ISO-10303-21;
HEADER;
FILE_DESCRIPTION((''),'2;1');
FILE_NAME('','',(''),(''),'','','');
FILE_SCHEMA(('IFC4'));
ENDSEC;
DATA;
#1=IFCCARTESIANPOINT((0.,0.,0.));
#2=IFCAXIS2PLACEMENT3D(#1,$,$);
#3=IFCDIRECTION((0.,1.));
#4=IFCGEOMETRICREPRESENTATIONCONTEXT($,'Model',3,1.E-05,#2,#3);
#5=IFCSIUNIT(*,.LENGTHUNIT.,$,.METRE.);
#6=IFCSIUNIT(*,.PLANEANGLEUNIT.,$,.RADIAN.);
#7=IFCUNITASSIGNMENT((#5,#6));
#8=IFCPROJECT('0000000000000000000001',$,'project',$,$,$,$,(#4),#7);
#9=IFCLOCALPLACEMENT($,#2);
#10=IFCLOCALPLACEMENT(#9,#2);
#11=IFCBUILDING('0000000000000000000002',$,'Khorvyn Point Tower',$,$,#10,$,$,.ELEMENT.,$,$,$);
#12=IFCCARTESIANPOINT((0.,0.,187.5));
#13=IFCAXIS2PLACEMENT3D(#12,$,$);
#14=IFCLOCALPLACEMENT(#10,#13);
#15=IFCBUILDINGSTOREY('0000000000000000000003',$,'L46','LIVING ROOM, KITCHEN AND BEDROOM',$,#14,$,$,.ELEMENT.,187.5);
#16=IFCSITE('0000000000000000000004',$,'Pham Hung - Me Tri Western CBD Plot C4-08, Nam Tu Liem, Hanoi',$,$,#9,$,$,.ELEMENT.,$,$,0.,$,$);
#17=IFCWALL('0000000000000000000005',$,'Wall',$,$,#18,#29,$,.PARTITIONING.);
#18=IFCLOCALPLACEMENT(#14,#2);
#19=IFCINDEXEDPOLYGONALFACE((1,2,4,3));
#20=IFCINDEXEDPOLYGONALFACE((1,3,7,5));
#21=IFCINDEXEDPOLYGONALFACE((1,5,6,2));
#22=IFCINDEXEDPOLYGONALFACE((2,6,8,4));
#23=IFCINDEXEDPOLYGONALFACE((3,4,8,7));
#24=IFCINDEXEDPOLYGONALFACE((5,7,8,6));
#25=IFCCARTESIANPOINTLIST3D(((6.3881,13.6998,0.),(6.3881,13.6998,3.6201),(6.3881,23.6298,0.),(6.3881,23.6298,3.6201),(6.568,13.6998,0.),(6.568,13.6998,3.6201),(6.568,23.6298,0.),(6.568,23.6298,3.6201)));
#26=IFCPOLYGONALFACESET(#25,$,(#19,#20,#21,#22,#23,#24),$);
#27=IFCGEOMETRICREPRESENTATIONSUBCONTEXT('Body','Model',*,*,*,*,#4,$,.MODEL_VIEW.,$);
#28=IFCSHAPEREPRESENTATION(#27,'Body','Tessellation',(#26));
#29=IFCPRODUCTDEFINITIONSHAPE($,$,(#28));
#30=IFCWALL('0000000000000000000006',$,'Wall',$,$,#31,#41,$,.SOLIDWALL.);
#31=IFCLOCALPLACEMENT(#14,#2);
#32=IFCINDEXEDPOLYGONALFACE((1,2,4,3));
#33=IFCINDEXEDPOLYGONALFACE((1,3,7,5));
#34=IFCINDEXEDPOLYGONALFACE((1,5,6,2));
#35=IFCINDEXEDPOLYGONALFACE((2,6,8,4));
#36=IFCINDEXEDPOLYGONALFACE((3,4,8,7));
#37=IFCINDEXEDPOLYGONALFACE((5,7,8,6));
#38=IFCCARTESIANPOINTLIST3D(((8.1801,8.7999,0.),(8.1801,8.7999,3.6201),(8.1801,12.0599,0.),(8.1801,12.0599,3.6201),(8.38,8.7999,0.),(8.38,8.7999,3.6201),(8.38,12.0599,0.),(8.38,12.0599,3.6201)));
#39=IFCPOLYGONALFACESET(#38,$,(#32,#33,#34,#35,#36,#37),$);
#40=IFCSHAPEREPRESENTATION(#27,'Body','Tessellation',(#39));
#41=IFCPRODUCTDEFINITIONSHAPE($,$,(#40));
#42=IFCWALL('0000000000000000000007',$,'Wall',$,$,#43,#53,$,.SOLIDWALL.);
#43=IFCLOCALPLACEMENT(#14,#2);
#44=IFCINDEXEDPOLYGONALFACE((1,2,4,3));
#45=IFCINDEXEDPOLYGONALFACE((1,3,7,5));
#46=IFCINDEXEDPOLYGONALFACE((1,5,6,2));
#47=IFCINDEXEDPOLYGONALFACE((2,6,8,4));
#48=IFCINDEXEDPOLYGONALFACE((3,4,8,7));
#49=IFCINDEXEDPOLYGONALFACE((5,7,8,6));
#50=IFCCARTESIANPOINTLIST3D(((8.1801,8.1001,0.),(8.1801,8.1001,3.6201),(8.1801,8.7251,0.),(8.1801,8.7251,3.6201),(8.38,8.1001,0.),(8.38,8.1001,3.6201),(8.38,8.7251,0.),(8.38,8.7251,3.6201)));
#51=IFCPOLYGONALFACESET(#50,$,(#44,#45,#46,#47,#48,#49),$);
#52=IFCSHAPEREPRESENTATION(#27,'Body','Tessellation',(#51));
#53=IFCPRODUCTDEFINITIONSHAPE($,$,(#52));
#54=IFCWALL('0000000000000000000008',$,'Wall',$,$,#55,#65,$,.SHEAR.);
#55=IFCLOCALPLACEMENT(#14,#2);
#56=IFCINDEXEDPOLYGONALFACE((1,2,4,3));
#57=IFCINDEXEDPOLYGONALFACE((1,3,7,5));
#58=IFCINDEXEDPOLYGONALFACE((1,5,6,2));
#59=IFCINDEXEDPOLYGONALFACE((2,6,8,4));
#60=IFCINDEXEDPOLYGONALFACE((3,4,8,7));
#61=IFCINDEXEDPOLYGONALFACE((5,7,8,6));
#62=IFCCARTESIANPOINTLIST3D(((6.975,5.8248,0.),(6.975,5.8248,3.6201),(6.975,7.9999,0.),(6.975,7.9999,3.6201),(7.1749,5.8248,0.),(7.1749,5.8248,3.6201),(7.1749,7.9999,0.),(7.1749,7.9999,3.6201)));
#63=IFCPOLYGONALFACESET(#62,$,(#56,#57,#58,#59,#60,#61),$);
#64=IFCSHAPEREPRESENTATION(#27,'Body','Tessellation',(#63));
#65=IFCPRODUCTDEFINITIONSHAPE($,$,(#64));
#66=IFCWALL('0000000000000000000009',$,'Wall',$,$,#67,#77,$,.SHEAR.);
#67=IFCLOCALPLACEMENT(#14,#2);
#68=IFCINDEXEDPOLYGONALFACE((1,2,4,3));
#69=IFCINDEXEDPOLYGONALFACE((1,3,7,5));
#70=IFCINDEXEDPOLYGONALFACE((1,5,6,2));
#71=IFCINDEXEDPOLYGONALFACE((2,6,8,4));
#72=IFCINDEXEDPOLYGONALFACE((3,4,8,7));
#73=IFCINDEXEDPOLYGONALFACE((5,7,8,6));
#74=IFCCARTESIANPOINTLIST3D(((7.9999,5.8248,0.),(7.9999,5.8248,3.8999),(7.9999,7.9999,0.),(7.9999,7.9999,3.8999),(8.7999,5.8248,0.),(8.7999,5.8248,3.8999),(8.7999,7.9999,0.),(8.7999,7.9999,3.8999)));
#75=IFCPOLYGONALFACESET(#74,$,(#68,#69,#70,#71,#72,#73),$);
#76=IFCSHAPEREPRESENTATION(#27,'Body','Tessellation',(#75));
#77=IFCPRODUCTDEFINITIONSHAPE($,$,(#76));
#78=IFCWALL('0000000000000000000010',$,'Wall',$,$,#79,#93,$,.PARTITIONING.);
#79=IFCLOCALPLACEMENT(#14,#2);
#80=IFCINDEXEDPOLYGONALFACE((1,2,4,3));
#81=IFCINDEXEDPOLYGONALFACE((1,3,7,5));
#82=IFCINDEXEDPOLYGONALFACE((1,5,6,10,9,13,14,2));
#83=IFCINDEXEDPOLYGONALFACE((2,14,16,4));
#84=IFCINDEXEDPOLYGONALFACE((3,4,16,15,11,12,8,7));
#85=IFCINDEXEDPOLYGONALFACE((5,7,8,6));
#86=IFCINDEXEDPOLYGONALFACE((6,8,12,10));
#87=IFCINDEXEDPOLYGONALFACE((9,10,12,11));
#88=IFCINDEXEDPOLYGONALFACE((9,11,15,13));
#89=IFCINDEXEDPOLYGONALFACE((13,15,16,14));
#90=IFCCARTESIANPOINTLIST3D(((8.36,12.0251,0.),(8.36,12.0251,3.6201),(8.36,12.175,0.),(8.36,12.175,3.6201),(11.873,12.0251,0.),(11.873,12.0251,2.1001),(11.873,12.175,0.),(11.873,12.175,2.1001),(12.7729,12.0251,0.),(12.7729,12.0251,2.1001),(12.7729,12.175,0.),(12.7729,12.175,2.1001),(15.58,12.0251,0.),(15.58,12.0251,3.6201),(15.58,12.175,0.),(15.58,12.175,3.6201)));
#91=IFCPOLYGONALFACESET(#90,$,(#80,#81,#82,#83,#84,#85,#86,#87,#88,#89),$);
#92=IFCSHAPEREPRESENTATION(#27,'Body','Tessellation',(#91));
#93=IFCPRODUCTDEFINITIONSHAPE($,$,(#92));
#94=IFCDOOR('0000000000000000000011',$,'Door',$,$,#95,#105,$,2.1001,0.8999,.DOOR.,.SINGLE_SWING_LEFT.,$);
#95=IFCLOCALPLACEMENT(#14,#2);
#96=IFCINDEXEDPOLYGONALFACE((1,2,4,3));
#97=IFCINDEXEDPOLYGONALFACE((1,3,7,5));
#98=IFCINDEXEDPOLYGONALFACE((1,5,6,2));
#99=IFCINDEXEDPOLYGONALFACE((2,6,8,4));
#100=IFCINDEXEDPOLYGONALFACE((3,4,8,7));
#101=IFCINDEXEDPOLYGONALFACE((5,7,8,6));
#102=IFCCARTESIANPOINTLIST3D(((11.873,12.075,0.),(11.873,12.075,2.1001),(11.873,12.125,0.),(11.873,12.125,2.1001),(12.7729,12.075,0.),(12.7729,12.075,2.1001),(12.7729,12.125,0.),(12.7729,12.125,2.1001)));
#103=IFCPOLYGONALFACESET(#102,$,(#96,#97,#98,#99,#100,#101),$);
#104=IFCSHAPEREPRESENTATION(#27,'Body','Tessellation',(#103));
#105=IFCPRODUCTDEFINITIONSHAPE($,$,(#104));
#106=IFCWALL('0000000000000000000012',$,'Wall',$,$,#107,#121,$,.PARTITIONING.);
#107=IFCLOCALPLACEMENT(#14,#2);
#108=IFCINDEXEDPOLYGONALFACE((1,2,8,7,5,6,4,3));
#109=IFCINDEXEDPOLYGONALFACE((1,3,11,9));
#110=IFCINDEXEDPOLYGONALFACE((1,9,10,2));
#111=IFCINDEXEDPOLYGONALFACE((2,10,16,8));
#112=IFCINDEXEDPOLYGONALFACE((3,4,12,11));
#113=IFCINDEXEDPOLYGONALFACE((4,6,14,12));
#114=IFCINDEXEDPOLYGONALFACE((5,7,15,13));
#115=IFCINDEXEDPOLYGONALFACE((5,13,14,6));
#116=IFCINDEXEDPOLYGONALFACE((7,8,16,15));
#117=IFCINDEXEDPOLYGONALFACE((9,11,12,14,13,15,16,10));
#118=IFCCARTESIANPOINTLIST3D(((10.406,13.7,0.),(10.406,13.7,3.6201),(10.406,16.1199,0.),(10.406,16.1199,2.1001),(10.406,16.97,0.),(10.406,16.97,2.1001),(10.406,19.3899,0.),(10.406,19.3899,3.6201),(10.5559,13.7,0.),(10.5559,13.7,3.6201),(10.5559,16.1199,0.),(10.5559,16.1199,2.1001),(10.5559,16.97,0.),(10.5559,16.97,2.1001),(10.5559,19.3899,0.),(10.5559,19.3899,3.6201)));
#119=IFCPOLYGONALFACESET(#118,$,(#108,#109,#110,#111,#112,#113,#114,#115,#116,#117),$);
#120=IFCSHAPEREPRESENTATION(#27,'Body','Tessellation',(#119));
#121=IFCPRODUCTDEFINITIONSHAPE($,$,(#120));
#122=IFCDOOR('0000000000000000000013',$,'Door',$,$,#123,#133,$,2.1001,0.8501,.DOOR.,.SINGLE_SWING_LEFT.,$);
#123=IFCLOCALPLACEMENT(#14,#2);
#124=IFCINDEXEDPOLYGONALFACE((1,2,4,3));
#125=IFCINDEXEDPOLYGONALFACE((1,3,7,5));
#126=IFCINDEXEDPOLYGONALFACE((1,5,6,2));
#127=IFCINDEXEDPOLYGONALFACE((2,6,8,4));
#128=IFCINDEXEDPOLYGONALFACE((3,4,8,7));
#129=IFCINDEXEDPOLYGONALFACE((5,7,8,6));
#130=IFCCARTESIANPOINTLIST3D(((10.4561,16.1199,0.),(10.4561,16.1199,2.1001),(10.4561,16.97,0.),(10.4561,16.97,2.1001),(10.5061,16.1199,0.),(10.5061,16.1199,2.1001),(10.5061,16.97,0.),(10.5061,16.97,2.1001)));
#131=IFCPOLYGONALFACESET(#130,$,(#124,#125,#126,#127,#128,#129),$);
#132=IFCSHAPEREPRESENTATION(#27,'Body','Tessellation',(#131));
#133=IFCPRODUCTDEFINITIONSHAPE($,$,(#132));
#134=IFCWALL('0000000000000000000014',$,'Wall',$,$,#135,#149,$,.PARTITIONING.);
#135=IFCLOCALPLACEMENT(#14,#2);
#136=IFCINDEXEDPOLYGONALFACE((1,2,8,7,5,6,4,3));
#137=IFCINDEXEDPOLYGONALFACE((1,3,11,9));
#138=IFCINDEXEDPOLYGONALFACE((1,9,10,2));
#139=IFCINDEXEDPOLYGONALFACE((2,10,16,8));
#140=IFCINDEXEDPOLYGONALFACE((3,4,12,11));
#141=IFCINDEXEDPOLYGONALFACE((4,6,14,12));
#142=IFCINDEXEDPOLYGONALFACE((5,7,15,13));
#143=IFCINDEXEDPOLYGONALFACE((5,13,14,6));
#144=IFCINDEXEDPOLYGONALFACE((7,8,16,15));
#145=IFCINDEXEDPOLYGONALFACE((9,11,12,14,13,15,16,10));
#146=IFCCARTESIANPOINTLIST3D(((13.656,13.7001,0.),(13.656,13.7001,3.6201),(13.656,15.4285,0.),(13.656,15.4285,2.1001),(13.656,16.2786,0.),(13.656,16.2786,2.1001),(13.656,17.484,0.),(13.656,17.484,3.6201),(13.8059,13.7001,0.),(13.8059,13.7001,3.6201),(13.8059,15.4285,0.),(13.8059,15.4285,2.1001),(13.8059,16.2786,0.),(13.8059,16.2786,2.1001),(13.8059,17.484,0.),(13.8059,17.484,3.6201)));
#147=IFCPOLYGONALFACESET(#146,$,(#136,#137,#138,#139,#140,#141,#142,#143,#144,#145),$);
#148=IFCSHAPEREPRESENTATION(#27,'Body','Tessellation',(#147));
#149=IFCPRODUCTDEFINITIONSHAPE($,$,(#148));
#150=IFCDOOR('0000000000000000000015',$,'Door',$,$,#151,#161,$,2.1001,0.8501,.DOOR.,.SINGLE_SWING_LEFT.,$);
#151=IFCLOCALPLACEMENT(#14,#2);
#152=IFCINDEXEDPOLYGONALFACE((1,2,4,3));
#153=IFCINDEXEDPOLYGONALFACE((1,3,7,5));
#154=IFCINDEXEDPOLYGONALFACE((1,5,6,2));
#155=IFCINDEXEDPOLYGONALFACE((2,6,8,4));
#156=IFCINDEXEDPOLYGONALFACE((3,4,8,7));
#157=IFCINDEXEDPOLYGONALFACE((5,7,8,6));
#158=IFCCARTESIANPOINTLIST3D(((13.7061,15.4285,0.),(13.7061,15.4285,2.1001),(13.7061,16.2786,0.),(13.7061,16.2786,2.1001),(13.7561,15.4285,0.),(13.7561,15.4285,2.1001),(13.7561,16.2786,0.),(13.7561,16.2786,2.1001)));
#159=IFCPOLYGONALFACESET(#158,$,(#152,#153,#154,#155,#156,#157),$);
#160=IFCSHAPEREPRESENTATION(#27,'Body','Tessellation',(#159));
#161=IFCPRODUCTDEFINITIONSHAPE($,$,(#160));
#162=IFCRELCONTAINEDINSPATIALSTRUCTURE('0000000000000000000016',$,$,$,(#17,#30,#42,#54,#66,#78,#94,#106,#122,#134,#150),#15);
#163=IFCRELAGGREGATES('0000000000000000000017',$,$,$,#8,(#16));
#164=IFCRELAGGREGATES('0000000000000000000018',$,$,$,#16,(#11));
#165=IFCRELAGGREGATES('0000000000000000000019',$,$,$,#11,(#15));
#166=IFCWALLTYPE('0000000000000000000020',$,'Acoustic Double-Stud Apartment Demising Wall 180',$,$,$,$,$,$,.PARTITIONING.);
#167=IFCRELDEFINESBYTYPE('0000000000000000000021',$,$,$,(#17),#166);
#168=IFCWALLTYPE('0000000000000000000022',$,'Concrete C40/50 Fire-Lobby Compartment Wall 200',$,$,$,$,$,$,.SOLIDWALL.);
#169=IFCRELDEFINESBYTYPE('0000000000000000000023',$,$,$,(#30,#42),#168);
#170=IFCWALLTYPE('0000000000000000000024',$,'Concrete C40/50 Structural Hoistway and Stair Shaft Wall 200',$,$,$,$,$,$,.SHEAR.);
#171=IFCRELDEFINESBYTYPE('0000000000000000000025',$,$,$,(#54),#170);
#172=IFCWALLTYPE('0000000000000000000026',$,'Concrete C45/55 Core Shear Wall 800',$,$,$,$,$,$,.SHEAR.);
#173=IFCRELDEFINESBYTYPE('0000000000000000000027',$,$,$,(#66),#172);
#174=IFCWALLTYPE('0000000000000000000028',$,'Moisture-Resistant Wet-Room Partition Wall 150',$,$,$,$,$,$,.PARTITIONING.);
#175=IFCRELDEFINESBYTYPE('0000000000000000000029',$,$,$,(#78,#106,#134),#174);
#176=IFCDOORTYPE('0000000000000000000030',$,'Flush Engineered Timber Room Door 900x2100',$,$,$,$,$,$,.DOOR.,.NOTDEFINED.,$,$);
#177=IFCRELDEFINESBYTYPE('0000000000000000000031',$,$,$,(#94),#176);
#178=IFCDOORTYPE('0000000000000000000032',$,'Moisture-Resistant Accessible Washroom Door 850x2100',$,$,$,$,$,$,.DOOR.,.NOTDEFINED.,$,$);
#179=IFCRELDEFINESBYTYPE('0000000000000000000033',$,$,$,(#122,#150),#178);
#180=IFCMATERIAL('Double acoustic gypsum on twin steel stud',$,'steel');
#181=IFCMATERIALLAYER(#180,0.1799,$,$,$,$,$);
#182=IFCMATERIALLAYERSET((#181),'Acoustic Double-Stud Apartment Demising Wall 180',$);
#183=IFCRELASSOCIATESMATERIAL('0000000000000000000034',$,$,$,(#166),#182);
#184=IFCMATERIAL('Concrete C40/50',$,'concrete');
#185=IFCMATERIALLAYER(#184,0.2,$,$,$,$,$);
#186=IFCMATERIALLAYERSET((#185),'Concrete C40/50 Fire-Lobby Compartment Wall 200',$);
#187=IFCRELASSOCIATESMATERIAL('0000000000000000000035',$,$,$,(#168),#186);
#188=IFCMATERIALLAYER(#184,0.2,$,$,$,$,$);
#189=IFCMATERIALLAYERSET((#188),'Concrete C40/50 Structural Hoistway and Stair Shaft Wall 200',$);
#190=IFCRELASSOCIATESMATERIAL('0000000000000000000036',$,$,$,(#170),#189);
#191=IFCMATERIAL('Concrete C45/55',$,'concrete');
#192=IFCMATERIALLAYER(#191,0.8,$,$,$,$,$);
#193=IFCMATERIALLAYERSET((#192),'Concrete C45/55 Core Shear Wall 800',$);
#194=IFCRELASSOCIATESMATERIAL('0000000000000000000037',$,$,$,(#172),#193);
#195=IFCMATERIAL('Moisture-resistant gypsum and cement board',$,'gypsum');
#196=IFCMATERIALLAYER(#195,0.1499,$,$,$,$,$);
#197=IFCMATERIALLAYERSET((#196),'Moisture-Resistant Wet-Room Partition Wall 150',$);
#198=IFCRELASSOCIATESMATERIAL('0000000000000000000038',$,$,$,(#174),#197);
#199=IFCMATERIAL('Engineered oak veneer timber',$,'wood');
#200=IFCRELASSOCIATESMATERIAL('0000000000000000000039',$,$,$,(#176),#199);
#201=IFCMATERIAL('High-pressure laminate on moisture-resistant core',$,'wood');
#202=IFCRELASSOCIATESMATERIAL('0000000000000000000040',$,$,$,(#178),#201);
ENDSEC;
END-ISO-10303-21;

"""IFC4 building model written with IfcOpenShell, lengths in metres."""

from ifc_helpers import new_model, si_unit, direction, frame, frame_2d, origin, place, context, subcontext, project, spatial, rectangle, extrude, material, layer, layer_set, type_object, element, fill, save


model = new_model("IFC4")

# Units and contexts
model_context = context("Model", 3, precision=1e-05, world=origin(), true_north=direction((0.0, 1.0)))
body_context = subcontext(model_context, "Body", "Model", "MODEL_VIEW")
ifc_project = project(units=[si_unit("LENGTHUNIT", "METRE"), si_unit("PLANEANGLEUNIT", "RADIAN")], contexts=[model_context])

# Site, building, storey
site_placement = place(None, origin())
site = spatial("IfcSite", under=ifc_project, at=site_placement, Name="Pham Hung - Me Tri Western CBD Plot C4-08, Nam Tu Liem, Hanoi", CompositionType="ELEMENT", RefElevation=0.0)
building_placement = place(site_placement, origin())
building = spatial("IfcBuilding", under=site, at=building_placement, Name="Khorvyn Point Tower", CompositionType="ELEMENT")
storey_placement = place(building_placement, frame((0.0, 0.0, 187.5)))
storey = spatial("IfcBuildingStorey", under=building, at=storey_placement, Name="L46", Description="LIVING ROOM, KITCHEN AND BEDROOM", CompositionType="ELEMENT", Elevation=187.5)

# Shared definitions
ifc_material_1 = material(Name="Concrete C45/55", Category="concrete")

# Shared definitions
ifc_material_2 = material(Name="Double acoustic gypsum on twin steel stud", Category="steel")
ifc_layer_1 = layer(ifc_material_2, 0.1799)
ifc_layer_set_1 = layer_set([ifc_layer_1], Name="Acoustic Double-Stud Apartment Demising Wall 180")
wall_type_1 = type_object("IfcWallType", Name="Acoustic Double-Stud Apartment Demising Wall 180", PredefinedType="PARTITIONING", material=ifc_layer_set_1)

# Walls
wall_1_placement = place(storey_placement, frame((6.478, 13.7, 0.0), z_axis=(0.0, 0.0, 1.0), x_axis=(0.0, 1.0, 0.0)))
element("IfcWall", 1, at=wall_1_placement, inside=storey, type_object=wall_type_1, Name="Wall", PredefinedType="PARTITIONING", context=body_context, shape_type="SweptSolid", body=[
    extrude(rectangle(XDim=9.9299, YDim=0.1799, at=frame_2d((4.9648, 0.0))), origin(), (0.0, 0.0, 1.0), 3.6201),
])
ifc_material_3 = material(Name="Concrete C40/50", Category="concrete")
ifc_layer_2 = layer(ifc_material_3, 0.2)
ifc_layer_set_2 = layer_set([ifc_layer_2], Name="Concrete C40/50 Fire-Lobby Compartment Wall 200")
wall_type_2 = type_object("IfcWallType", Name="Concrete C40/50 Fire-Lobby Compartment Wall 200", PredefinedType="SOLIDWALL", material=ifc_layer_set_2)
wall_2_placement = place(storey_placement, frame((8.28, 8.8, 0.0), z_axis=(0.0, 0.0, 1.0), x_axis=(0.0, 1.0, 0.0)))
element("IfcWall", 2, at=wall_2_placement, inside=storey, type_object=wall_type_2, Name="Wall", PredefinedType="SOLIDWALL", context=body_context, shape_type="SweptSolid", body=[
    extrude(rectangle(XDim=3.26, YDim=0.2, at=frame_2d((1.6299, 0.0))), origin(), (0.0, 0.0, 1.0), 3.6201),
])
wall_3_placement = place(storey_placement, frame((8.28, 8.1001, 0.0), z_axis=(0.0, 0.0, 1.0), x_axis=(0.0, 1.0, 0.0)))
element("IfcWall", 3, at=wall_3_placement, inside=storey, type_object=wall_type_2, Name="Wall", PredefinedType="SOLIDWALL", context=body_context, shape_type="SweptSolid", body=[
    extrude(rectangle(XDim=0.625, YDim=0.2, at=frame_2d((0.3125, 0.0))), origin(), (0.0, 0.0, 1.0), 3.6201),
])
ifc_layer_3 = layer(ifc_material_3, 0.2)
ifc_layer_set_3 = layer_set([ifc_layer_3], Name="Concrete C40/50 Structural Hoistway and Stair Shaft Wall 200")
wall_type_3 = type_object("IfcWallType", Name="Concrete C40/50 Structural Hoistway and Stair Shaft Wall 200", PredefinedType="SHEAR", material=ifc_layer_set_3)
wall_4_placement = place(storey_placement, frame((7.075, 5.825, 0.0), z_axis=(0.0, 0.0, 1.0), x_axis=(0.0, 1.0, 0.0)))
element("IfcWall", 4, at=wall_4_placement, inside=storey, type_object=wall_type_3, Name="Wall", PredefinedType="SHEAR", context=body_context, shape_type="SweptSolid", body=[
    extrude(rectangle(XDim=2.175, YDim=0.2, at=frame_2d((1.0874, 0.0))), origin(), (0.0, 0.0, 1.0), 3.6201),
])
ifc_layer_4 = layer(ifc_material_1, 0.8)
ifc_layer_set_4 = layer_set([ifc_layer_4], Name="Concrete C45/55 Core Shear Wall 800")
wall_type_4 = type_object("IfcWallType", Name="Concrete C45/55 Core Shear Wall 800", PredefinedType="SHEAR", material=ifc_layer_set_4)
wall_5_placement = place(storey_placement, frame((8.3999, 5.825, 0.0), z_axis=(0.0, 0.0, 1.0), x_axis=(0.0, 1.0, 0.0)))
element("IfcWall", 5, at=wall_5_placement, inside=storey, type_object=wall_type_4, Name="Wall", PredefinedType="SHEAR", context=body_context, shape_type="SweptSolid", body=[
    extrude(rectangle(XDim=2.175, YDim=0.8, at=frame_2d((1.0874, 0.0))), origin(), (0.0, 0.0, 1.0), 3.8999),
])

# Walls, openings, doors
ifc_material_4 = material(Name="Moisture-resistant gypsum and cement board", Category="gypsum")
ifc_layer_5 = layer(ifc_material_4, 0.1499)
ifc_layer_set_5 = layer_set([ifc_layer_5], Name="Moisture-Resistant Wet-Room Partition Wall 150")
wall_type_5 = type_object("IfcWallType", Name="Moisture-Resistant Wet-Room Partition Wall 150", PredefinedType="PARTITIONING", material=ifc_layer_set_5)
wall_6_placement = place(storey_placement, frame((8.3601, 12.1001, 0.0), z_axis=(0.0, 0.0, 1.0), x_axis=(1.0, 0.0, 0.0)))
wall_6 = element("IfcWall", 6, at=wall_6_placement, inside=storey, type_object=wall_type_5, Name="Wall", PredefinedType="PARTITIONING", context=body_context, shape_type="SweptSolid", body=[
    extrude(rectangle(XDim=7.22, YDim=0.1499, at=frame_2d((3.6099, 0.0))), origin(), (0.0, 0.0, 1.0), 3.6201),
])
opening_1_placement = place(wall_6_placement, frame((3.5129, 0.0, 0.0)))
opening_1 = element("IfcOpeningElement", 7, at=opening_1_placement, cuts=wall_6, PredefinedType="OPENING", context=body_context, shape_type="SweptSolid", body=[
    extrude(rectangle(XDim=0.8999, YDim=2.1001, at=frame_2d((0.45, 1.05))), frame((0.0, 0.085, 0.0), z_axis=(0.0, -1.0, 0.0), x_axis=(1.0, 0.0, 0.0)), (0.0, 0.0, 1.0), 0.1699),
])
ifc_material_5 = material(Name="Engineered oak veneer timber", Category="wood")
door_type_1 = type_object("IfcDoorType", Name="Flush Engineered Timber Room Door 900x2100", OperationType="NOTDEFINED", PredefinedType="DOOR", material=ifc_material_5)
door_1_placement = place(opening_1_placement, origin())
door_1 = element("IfcDoor", 8, at=door_1_placement, inside=storey, type_object=door_type_1, Name="Door", OperationType="SINGLE_SWING_LEFT", OverallHeight=2.1001, OverallWidth=0.8999, PredefinedType="DOOR", context=body_context, shape_type="SweptSolid", body=[
    extrude(rectangle(XDim=0.8999, YDim=2.1001, at=frame_2d((0.45, 1.05))), frame((0.0, 0.0249, 0.0), z_axis=(0.0, -1.0, 0.0), x_axis=(1.0, 0.0, 0.0)), (0.0, 0.0, 1.0), 0.05),
])
fill(opening_1, door_1)
wall_7_placement = place(storey_placement, frame((10.481, 13.7, 0.0), z_axis=(0.0, 0.0, 1.0), x_axis=(0.0, 1.0, 0.0)))
wall_7 = element("IfcWall", 9, at=wall_7_placement, inside=storey, type_object=wall_type_5, Name="Wall", PredefinedType="PARTITIONING", context=body_context, shape_type="SweptSolid", body=[
    extrude(rectangle(XDim=5.6899, YDim=0.1499, at=frame_2d((2.845, 0.0))), origin(), (0.0, 0.0, 1.0), 3.6201),
])
opening_2_placement = place(wall_7_placement, frame((2.4199, 0.0, 0.0)))
opening_2 = element("IfcOpeningElement", 10, at=opening_2_placement, cuts=wall_7, PredefinedType="OPENING", context=body_context, shape_type="SweptSolid", body=[
    extrude(rectangle(XDim=0.8501, YDim=2.1001, at=frame_2d((0.425, 1.05))), frame((0.0, 0.085, 0.0), z_axis=(0.0, -1.0, 0.0), x_axis=(1.0, 0.0, 0.0)), (0.0, 0.0, 1.0), 0.1699),
])
ifc_material_6 = material(Name="High-pressure laminate on moisture-resistant core", Category="wood")
door_type_2 = type_object("IfcDoorType", Name="Moisture-Resistant Accessible Washroom Door 850x2100", OperationType="NOTDEFINED", PredefinedType="DOOR", material=ifc_material_6)
door_2_placement = place(opening_2_placement, origin())
door_2 = element("IfcDoor", 11, at=door_2_placement, inside=storey, type_object=door_type_2, Name="Door", OperationType="SINGLE_SWING_LEFT", OverallHeight=2.1001, OverallWidth=0.8501, PredefinedType="DOOR", context=body_context, shape_type="SweptSolid", body=[
    extrude(rectangle(XDim=0.8501, YDim=2.1001, at=frame_2d((0.425, 1.05))), frame((0.0, 0.0249, 0.0), z_axis=(0.0, -1.0, 0.0), x_axis=(1.0, 0.0, 0.0)), (0.0, 0.0, 1.0), 0.05),
])
fill(opening_2, door_2)
wall_8_placement = place(storey_placement, frame((13.731, 13.7, 0.0), z_axis=(0.0, 0.0, 1.0), x_axis=(0.0, 1.0, 0.0)))
wall_8 = element("IfcWall", 12, at=wall_8_placement, inside=storey, type_object=wall_type_5, Name="Wall", PredefinedType="PARTITIONING", context=body_context, shape_type="SweptSolid", body=[
    extrude(rectangle(XDim=3.7839, YDim=0.1499, at=frame_2d((1.8921, 0.0))), origin(), (0.0, 0.0, 1.0), 3.6201),
])
opening_3_placement = place(wall_8_placement, frame((1.7285, 0.0, 0.0)))
opening_3 = element("IfcOpeningElement", 13, at=opening_3_placement, cuts=wall_8, PredefinedType="OPENING", context=body_context, shape_type="SweptSolid", body=[
    extrude(rectangle(XDim=0.8501, YDim=2.1001, at=frame_2d((0.425, 1.05))), frame((0.0, 0.085, 0.0), z_axis=(0.0, -1.0, 0.0), x_axis=(1.0, 0.0, 0.0)), (0.0, 0.0, 1.0), 0.1699),
])
door_3_placement = place(opening_3_placement, origin())
door_3 = element("IfcDoor", 14, at=door_3_placement, inside=storey, type_object=door_type_2, Name="Door", OperationType="SINGLE_SWING_LEFT", OverallHeight=2.1001, OverallWidth=0.8501, PredefinedType="DOOR", context=body_context, shape_type="SweptSolid", body=[
    extrude(rectangle(XDim=0.8501, YDim=2.1001, at=frame_2d((0.425, 1.05))), frame((0.0, 0.0249, 0.0), z_axis=(0.0, -1.0, 0.0), x_axis=(1.0, 0.0, 0.0)), (0.0, 0.0, 1.0), 0.05),
])
fill(opening_3, door_3)

save(model, "model.ifc")
